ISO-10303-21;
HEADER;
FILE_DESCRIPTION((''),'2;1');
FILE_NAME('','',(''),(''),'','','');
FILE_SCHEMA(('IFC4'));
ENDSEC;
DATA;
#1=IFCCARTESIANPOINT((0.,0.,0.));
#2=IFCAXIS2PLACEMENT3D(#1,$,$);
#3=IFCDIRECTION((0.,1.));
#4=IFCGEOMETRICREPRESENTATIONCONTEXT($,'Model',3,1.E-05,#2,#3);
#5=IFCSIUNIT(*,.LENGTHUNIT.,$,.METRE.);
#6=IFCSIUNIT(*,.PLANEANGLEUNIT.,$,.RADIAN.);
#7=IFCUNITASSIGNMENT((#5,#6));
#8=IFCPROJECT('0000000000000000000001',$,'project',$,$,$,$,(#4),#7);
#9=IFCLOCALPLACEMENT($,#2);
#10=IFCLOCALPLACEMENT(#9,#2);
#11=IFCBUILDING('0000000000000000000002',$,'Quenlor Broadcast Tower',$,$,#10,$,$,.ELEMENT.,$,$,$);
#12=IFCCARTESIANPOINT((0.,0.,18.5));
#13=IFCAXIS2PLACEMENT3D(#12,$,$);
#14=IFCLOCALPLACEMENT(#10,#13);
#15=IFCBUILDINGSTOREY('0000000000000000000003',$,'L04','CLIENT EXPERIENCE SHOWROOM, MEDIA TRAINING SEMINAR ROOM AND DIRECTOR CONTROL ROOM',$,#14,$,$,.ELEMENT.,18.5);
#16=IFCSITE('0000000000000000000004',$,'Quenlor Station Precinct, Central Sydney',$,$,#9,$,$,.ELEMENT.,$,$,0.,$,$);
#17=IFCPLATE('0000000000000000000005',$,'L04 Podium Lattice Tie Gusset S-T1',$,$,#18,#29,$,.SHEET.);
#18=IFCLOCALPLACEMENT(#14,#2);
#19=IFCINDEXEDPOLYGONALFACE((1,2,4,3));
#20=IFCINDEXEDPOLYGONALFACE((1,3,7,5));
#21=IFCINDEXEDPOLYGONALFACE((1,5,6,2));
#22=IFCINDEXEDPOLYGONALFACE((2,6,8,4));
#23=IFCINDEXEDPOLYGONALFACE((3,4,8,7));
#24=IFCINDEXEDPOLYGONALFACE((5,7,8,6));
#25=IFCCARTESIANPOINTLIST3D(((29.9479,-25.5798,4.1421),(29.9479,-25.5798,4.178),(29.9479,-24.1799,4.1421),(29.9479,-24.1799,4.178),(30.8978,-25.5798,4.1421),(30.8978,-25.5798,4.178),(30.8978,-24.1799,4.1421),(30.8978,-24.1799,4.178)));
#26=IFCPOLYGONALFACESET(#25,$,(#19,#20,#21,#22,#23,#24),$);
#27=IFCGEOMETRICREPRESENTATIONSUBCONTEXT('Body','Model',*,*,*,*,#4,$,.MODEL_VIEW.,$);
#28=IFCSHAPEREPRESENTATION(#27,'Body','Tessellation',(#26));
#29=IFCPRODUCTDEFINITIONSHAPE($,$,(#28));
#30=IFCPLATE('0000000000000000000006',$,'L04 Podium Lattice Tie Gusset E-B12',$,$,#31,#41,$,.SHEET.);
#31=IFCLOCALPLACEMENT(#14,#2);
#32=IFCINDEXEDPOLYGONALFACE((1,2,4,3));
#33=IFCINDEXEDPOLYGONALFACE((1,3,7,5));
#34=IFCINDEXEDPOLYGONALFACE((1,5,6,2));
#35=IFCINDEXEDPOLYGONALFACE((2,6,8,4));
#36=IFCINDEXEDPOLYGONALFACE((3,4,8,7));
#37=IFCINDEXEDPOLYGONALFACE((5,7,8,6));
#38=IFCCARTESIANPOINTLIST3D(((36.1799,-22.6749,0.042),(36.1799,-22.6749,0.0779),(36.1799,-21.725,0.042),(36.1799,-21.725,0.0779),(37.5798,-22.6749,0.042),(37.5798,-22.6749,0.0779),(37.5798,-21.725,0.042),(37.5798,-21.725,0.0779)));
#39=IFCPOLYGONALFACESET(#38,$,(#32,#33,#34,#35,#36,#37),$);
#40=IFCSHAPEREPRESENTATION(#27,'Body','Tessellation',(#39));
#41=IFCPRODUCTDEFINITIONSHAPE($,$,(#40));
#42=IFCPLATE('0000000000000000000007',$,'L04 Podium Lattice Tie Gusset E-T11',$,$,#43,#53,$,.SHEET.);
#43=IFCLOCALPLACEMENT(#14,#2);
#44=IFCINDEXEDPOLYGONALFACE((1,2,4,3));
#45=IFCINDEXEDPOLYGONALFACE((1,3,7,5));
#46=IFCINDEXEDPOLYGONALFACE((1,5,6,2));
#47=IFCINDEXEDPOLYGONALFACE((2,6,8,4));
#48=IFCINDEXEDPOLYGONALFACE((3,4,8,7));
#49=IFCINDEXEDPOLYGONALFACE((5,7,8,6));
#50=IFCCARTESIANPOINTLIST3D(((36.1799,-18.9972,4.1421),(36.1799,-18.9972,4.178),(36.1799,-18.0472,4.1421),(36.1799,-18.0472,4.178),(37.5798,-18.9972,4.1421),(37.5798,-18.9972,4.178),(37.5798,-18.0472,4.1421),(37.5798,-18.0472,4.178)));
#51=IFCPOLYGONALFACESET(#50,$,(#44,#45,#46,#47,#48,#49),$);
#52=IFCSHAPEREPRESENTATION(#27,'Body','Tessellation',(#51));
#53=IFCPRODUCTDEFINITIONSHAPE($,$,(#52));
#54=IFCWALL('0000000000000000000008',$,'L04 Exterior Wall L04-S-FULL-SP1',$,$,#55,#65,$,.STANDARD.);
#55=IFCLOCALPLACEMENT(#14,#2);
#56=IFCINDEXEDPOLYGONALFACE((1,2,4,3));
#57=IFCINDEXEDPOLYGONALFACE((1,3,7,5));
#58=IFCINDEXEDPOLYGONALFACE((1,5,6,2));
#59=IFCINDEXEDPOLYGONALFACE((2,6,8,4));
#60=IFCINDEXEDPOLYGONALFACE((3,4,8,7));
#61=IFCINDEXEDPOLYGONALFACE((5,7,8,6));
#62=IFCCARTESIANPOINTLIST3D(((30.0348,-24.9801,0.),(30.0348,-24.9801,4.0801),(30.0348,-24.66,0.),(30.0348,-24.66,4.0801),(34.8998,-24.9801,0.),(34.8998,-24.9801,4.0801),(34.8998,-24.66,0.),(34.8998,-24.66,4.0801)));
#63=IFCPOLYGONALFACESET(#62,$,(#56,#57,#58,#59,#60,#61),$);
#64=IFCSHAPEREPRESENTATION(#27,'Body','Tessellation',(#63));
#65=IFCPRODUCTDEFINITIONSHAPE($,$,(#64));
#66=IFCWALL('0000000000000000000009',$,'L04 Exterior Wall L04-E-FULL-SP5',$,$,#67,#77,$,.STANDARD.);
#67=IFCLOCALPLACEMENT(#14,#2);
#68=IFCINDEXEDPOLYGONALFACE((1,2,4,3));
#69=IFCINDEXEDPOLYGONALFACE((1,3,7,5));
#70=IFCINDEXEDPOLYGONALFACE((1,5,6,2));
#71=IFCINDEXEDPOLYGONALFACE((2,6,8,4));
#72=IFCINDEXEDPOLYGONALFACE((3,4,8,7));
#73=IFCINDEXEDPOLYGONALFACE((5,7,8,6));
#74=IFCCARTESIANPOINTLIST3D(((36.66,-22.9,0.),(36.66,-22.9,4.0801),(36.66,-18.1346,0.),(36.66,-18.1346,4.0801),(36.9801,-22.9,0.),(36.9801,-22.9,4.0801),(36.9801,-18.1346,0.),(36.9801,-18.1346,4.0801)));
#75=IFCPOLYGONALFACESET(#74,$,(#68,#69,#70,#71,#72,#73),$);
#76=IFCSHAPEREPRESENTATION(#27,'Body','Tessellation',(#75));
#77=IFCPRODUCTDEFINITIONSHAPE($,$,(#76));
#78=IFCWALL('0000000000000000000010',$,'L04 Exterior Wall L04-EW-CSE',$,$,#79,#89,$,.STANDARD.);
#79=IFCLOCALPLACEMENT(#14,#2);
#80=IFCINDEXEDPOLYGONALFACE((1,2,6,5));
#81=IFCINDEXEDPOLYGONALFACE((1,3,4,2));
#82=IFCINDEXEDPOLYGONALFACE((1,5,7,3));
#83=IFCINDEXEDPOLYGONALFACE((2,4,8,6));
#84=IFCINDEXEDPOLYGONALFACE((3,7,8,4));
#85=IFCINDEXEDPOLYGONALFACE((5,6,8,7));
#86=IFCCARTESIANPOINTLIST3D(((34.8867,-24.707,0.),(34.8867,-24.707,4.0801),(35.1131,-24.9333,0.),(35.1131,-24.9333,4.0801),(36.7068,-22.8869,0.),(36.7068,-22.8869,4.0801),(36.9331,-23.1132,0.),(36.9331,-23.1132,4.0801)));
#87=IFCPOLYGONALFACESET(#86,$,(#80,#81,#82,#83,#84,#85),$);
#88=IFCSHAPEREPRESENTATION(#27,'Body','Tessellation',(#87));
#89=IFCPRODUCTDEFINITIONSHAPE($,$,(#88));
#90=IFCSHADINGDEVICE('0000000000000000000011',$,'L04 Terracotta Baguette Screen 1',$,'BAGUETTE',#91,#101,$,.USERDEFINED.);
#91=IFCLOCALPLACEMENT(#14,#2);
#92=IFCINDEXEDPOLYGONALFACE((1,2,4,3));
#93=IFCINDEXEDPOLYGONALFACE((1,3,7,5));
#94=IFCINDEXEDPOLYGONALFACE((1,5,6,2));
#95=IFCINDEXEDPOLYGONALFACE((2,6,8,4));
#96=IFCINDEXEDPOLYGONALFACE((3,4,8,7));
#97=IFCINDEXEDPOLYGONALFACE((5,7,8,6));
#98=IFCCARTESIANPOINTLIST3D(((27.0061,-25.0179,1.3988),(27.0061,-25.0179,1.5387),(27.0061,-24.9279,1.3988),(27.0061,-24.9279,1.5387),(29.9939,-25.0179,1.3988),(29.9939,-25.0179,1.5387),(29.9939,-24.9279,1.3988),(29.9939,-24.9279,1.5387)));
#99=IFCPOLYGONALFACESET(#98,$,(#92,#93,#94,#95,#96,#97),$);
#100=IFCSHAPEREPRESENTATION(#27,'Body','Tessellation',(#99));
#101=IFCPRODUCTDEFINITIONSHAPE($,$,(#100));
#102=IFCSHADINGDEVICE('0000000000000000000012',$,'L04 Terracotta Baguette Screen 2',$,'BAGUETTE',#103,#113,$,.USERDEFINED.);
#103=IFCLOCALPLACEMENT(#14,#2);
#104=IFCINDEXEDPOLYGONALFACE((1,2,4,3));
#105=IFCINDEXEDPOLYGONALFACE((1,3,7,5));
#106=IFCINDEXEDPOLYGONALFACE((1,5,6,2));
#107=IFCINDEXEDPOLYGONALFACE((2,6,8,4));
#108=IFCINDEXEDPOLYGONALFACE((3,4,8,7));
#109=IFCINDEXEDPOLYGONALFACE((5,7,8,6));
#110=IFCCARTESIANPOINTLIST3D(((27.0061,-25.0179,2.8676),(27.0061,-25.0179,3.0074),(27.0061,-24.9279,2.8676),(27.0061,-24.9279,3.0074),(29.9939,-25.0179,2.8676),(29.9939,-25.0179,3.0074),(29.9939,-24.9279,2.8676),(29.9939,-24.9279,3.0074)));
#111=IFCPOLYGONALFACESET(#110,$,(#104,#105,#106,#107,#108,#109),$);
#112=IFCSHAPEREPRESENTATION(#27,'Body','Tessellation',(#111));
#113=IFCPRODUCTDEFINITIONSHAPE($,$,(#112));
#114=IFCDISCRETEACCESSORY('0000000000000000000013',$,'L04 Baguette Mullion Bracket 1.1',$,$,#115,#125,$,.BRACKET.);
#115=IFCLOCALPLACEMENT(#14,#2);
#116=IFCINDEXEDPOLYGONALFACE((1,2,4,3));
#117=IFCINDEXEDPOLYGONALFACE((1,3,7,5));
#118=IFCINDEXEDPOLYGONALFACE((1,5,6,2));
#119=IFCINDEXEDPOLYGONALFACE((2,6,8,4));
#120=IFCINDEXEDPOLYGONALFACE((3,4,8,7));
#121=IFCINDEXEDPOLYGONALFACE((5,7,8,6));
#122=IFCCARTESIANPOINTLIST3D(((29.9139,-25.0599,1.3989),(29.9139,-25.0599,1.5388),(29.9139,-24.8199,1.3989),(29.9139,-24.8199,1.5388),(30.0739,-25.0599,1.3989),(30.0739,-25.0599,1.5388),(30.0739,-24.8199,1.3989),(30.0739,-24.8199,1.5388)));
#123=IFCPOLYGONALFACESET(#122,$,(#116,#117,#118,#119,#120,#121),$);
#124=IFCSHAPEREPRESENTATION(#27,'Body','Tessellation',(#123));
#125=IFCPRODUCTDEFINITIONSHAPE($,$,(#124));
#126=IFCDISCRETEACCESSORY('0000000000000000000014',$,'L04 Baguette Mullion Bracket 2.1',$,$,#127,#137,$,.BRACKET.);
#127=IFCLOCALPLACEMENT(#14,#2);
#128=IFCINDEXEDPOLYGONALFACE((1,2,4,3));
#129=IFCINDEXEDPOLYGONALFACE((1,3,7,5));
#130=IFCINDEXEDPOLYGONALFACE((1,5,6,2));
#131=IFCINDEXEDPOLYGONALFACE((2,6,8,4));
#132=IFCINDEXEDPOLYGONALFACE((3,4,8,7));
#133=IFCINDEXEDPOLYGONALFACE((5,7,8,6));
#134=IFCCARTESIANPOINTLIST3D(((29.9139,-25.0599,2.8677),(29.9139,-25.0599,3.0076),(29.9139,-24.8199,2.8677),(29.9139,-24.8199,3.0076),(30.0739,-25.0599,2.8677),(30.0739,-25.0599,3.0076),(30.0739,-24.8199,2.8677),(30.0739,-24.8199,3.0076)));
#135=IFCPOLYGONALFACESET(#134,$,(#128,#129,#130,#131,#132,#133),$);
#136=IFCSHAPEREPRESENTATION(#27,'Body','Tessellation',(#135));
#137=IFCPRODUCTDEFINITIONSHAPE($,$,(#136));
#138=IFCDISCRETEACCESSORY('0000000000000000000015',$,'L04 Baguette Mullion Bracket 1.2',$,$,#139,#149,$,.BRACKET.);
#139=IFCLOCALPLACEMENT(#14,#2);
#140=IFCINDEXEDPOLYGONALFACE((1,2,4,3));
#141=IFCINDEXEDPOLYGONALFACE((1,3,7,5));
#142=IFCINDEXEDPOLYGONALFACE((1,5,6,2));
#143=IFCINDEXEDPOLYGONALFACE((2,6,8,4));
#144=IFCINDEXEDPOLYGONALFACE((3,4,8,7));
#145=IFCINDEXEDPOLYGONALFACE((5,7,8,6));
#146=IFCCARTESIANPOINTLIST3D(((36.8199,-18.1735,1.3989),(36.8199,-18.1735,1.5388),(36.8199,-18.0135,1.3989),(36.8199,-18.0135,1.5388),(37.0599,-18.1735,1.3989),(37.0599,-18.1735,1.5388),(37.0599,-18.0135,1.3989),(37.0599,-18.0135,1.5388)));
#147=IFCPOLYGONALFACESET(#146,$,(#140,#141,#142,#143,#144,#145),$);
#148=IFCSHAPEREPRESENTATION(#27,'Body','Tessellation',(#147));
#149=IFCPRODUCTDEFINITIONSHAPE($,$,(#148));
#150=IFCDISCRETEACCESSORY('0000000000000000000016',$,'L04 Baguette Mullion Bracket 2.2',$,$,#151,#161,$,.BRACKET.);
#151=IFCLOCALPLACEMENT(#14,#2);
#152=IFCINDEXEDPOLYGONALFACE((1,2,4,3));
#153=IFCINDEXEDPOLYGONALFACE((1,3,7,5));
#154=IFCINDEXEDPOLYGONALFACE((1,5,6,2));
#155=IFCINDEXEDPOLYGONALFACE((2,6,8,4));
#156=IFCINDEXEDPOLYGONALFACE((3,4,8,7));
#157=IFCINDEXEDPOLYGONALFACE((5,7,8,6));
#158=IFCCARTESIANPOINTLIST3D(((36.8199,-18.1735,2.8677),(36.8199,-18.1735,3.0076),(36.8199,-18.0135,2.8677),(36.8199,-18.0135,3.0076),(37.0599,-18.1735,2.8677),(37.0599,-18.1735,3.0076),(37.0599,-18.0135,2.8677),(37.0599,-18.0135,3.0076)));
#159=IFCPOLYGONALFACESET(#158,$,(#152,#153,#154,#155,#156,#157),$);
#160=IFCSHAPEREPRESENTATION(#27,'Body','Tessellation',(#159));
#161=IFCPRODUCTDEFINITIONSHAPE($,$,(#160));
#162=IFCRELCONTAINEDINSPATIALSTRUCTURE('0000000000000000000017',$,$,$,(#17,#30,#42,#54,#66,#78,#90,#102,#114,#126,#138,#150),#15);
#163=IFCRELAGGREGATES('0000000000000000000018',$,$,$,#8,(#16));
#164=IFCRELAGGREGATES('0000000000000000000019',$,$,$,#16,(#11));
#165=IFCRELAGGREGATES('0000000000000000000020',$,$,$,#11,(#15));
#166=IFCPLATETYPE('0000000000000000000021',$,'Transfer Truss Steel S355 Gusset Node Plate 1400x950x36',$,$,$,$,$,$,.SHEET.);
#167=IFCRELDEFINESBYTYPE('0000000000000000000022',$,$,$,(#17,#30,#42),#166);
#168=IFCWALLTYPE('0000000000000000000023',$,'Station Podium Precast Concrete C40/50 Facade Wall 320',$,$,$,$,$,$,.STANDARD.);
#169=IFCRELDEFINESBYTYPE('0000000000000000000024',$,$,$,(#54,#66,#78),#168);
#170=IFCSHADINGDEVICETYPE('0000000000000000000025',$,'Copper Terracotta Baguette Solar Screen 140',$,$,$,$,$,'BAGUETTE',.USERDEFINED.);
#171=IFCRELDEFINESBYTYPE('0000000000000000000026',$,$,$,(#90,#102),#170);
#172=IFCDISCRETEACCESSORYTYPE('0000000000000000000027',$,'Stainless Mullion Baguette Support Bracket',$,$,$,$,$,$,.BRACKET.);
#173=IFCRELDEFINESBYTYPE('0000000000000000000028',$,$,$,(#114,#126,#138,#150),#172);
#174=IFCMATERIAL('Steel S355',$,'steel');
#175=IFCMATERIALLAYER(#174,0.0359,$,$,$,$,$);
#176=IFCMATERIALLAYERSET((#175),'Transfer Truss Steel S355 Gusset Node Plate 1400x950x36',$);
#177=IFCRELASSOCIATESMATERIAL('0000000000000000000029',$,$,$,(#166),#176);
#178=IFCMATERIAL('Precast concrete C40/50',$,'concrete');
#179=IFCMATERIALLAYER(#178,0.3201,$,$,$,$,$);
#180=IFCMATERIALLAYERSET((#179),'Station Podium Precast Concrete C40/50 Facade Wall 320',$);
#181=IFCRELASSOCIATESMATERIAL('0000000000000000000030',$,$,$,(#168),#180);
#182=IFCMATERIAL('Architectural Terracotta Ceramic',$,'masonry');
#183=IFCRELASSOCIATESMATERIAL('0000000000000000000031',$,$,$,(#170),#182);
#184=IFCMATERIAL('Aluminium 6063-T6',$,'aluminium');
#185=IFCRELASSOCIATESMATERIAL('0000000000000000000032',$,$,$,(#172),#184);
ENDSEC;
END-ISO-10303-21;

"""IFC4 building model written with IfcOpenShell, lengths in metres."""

from ifc_helpers import new_model, si_unit, direction, frame, frame_2d, origin, origin_2d, place, context, subcontext, project, spatial, rectangle, extrude, material, layer, layer_set, material_profile, profile_set, type_object, element, save


model = new_model("IFC4")

# Units and contexts
model_context = context("Model", 3, precision=1e-05, world=origin(), true_north=direction((0.0, 1.0)))
body_context = subcontext(model_context, "Body", "Model", "MODEL_VIEW")
ifc_project = project(units=[si_unit("LENGTHUNIT", "METRE"), si_unit("PLANEANGLEUNIT", "RADIAN")], contexts=[model_context])

# Site, building, storey
site_placement = place(None, origin())
site = spatial("IfcSite", under=ifc_project, at=site_placement, Name="Quenlor Station Precinct, Central Sydney", CompositionType="ELEMENT", RefElevation=0.0)
building_placement = place(site_placement, origin())
building = spatial("IfcBuilding", under=site, at=building_placement, Name="Quenlor Broadcast Tower", CompositionType="ELEMENT")
storey_placement = place(building_placement, frame((0.0, 0.0, 18.5)))
storey = spatial("IfcBuildingStorey", under=building, at=storey_placement, Name="L04", Description="CLIENT EXPERIENCE SHOWROOM, MEDIA TRAINING SEMINAR ROOM AND DIRECTOR CONTROL ROOM", CompositionType="ELEMENT", Elevation=18.5)

# Plates
ifc_material_1 = material(Name="Steel S355", Category="steel")
ifc_layer_1 = layer(ifc_material_1, 0.0359)
ifc_layer_set_1 = layer_set([ifc_layer_1], Name="Transfer Truss Steel S355 Gusset Node Plate 1400x950x36")
plate_type_1 = type_object("IfcPlateType", Name="Transfer Truss Steel S355 Gusset Node Plate 1400x950x36", PredefinedType="SHEET", material=ifc_layer_set_1)
for number, where, z_axis, x_axis, name in (
    (1, (30.4229, -24.8799, 4.1421), (0.0, 0.0, 1.0), (0.0, -1.0, 0.0), "L04 Podium Lattice Tie Gusset S-T1"),
    (2, (36.8799, -22.2, 0.042), (0.0, 0.0, 1.0), (1.0, 0.0, 0.0), "L04 Podium Lattice Tie Gusset E-B12"),
    (3, (36.8799, -18.5222, 4.1421), (0.0, 0.0, 1.0), (1.0, 0.0, 0.0), "L04 Podium Lattice Tie Gusset E-T11"),
):
    element("IfcPlate", number, at=place(storey_placement, frame(where, z_axis=z_axis, x_axis=x_axis)), inside=storey, type_object=plate_type_1, Name=name, PredefinedType="SHEET", context=body_context, shape_type="SweptSolid", body=[
        extrude(rectangle(XDim=1.3999, YDim=0.95, at=origin_2d()), origin(), (0.0, 0.0, 1.0), 0.0359),
    ])

# Walls
ifc_material_2 = material(Name="Precast concrete C40/50", Category="concrete")
ifc_layer_2 = layer(ifc_material_2, 0.3201)
ifc_layer_set_2 = layer_set([ifc_layer_2], Name="Station Podium Precast Concrete C40/50 Facade Wall 320")
wall_type = type_object("IfcWallType", Name="Station Podium Precast Concrete C40/50 Facade Wall 320", PredefinedType="STANDARD", material=ifc_layer_set_2)
wall_1_placement = place(storey_placement, frame((34.8999, -24.8201, 0.0), z_axis=(0.0, 0.0, 1.0), x_axis=(-1.0, 0.0, 0.0)))
element("IfcWall", 4, at=wall_1_placement, inside=storey, type_object=wall_type, Name="L04 Exterior Wall L04-S-FULL-SP1", PredefinedType="STANDARD", context=body_context, shape_type="SweptSolid", body=[
    extrude(rectangle(XDim=4.865, YDim=0.3201, at=frame_2d((2.4326, 0.0))), origin(), (0.0, 0.0, 1.0), 4.0801),
])
wall_2_placement = place(storey_placement, frame((36.8201, -18.1345, 0.0), z_axis=(0.0, 0.0, 1.0), x_axis=(0.0, -1.0, 0.0)))
element("IfcWall", 5, at=wall_2_placement, inside=storey, type_object=wall_type, Name="L04 Exterior Wall L04-E-FULL-SP5", PredefinedType="STANDARD", context=body_context, shape_type="SweptSolid", body=[
    extrude(rectangle(XDim=4.7654, YDim=0.3201, at=frame_2d((2.3828, 0.0))), origin(), (0.0, 0.0, 1.0), 4.0801),
])
wall_3_placement = place(storey_placement, frame((36.8201, -23.0, 0.0), z_axis=(0.0, 0.0, 1.0), x_axis=(-0.707107, -0.707107, 0.0)))
element("IfcWall", 6, at=wall_3_placement, inside=storey, type_object=wall_type, Name="L04 Exterior Wall L04-EW-CSE", PredefinedType="STANDARD", context=body_context, shape_type="SweptSolid", body=[
    extrude(rectangle(XDim=2.574, YDim=0.3201, at=frame_2d((1.2871, 0.0))), origin(), (0.0, 0.0, 1.0), 4.0801),
])

# Shading devices
ifc_material_3 = material(Name="Architectural Terracotta Ceramic", Category="masonry")
ifc_material_profile_1 = material_profile(ifc_material_3, rectangle(XDim=0.0901, YDim=0.1399, at=origin_2d()))
ifc_profile_set_1 = profile_set([ifc_material_profile_1], Name="Architectural Terracotta Ceramic BAG90x140")
shading_device_type = type_object("IfcShadingDeviceType", Name="Copper Terracotta Baguette Solar Screen 140", ElementType="BAGUETTE", PredefinedType="USERDEFINED", material=ifc_profile_set_1)
for number, where, z_axis, x_axis, name in (
    (7, (29.9939, -24.9729, 1.4688), (-1.0, 0.0, 0.0), (0.0, -1.0, 0.0), "L04 Terracotta Baguette Screen 1"),
    (8, (29.9939, -24.9729, 2.9375), (-1.0, 0.0, 0.0), (0.0, -1.0, 0.0), "L04 Terracotta Baguette Screen 2"),
):
    element("IfcShadingDevice", number, at=place(storey_placement, frame(where, z_axis=z_axis, x_axis=x_axis)), inside=storey, type_object=shading_device_type, Name=name, ObjectType="BAGUETTE", PredefinedType="USERDEFINED", context=body_context, shape_type="SweptSolid", body=[
        extrude(rectangle(XDim=0.0901, YDim=0.1399, at=origin_2d()), origin(), (0.0, 0.0, 1.0), 2.9878),
    ])

# Discrete accessories
ifc_material_4 = material(Name="Aluminium 6063-T6", Category="aluminium")
discrete_accessory_type = type_object("IfcDiscreteAccessoryType", Name="Stainless Mullion Baguette Support Bracket", PredefinedType="BRACKET", material=ifc_material_4)
for number, where, z_axis, x_axis, name in (
    (9, (29.9939, -24.9399, 1.3989), (0.0, 0.0, 1.0), (-1.0, 0.0, 0.0), "L04 Baguette Mullion Bracket 1.1"),
    (10, (29.9939, -24.9399, 2.8677), (0.0, 0.0, 1.0), (-1.0, 0.0, 0.0), "L04 Baguette Mullion Bracket 2.1"),
    (11, (36.9399, -18.0935, 1.3989), (0.0, 0.0, 1.0), (0.0, -1.0, 0.0), "L04 Baguette Mullion Bracket 1.2"),
    (12, (36.9399, -18.0935, 2.8677), (0.0, 0.0, 1.0), (0.0, -1.0, 0.0), "L04 Baguette Mullion Bracket 2.2"),
):
    element("IfcDiscreteAccessory", number, at=place(storey_placement, frame(where, z_axis=z_axis, x_axis=x_axis)), inside=storey, type_object=discrete_accessory_type, Name=name, PredefinedType="BRACKET", context=body_context, shape_type="SweptSolid", body=[
        extrude(rectangle(XDim=0.1599, YDim=0.24, at=origin_2d()), origin(), (0.0, 0.0, 1.0), 0.1399),
    ])

save(model, "model.ifc")
